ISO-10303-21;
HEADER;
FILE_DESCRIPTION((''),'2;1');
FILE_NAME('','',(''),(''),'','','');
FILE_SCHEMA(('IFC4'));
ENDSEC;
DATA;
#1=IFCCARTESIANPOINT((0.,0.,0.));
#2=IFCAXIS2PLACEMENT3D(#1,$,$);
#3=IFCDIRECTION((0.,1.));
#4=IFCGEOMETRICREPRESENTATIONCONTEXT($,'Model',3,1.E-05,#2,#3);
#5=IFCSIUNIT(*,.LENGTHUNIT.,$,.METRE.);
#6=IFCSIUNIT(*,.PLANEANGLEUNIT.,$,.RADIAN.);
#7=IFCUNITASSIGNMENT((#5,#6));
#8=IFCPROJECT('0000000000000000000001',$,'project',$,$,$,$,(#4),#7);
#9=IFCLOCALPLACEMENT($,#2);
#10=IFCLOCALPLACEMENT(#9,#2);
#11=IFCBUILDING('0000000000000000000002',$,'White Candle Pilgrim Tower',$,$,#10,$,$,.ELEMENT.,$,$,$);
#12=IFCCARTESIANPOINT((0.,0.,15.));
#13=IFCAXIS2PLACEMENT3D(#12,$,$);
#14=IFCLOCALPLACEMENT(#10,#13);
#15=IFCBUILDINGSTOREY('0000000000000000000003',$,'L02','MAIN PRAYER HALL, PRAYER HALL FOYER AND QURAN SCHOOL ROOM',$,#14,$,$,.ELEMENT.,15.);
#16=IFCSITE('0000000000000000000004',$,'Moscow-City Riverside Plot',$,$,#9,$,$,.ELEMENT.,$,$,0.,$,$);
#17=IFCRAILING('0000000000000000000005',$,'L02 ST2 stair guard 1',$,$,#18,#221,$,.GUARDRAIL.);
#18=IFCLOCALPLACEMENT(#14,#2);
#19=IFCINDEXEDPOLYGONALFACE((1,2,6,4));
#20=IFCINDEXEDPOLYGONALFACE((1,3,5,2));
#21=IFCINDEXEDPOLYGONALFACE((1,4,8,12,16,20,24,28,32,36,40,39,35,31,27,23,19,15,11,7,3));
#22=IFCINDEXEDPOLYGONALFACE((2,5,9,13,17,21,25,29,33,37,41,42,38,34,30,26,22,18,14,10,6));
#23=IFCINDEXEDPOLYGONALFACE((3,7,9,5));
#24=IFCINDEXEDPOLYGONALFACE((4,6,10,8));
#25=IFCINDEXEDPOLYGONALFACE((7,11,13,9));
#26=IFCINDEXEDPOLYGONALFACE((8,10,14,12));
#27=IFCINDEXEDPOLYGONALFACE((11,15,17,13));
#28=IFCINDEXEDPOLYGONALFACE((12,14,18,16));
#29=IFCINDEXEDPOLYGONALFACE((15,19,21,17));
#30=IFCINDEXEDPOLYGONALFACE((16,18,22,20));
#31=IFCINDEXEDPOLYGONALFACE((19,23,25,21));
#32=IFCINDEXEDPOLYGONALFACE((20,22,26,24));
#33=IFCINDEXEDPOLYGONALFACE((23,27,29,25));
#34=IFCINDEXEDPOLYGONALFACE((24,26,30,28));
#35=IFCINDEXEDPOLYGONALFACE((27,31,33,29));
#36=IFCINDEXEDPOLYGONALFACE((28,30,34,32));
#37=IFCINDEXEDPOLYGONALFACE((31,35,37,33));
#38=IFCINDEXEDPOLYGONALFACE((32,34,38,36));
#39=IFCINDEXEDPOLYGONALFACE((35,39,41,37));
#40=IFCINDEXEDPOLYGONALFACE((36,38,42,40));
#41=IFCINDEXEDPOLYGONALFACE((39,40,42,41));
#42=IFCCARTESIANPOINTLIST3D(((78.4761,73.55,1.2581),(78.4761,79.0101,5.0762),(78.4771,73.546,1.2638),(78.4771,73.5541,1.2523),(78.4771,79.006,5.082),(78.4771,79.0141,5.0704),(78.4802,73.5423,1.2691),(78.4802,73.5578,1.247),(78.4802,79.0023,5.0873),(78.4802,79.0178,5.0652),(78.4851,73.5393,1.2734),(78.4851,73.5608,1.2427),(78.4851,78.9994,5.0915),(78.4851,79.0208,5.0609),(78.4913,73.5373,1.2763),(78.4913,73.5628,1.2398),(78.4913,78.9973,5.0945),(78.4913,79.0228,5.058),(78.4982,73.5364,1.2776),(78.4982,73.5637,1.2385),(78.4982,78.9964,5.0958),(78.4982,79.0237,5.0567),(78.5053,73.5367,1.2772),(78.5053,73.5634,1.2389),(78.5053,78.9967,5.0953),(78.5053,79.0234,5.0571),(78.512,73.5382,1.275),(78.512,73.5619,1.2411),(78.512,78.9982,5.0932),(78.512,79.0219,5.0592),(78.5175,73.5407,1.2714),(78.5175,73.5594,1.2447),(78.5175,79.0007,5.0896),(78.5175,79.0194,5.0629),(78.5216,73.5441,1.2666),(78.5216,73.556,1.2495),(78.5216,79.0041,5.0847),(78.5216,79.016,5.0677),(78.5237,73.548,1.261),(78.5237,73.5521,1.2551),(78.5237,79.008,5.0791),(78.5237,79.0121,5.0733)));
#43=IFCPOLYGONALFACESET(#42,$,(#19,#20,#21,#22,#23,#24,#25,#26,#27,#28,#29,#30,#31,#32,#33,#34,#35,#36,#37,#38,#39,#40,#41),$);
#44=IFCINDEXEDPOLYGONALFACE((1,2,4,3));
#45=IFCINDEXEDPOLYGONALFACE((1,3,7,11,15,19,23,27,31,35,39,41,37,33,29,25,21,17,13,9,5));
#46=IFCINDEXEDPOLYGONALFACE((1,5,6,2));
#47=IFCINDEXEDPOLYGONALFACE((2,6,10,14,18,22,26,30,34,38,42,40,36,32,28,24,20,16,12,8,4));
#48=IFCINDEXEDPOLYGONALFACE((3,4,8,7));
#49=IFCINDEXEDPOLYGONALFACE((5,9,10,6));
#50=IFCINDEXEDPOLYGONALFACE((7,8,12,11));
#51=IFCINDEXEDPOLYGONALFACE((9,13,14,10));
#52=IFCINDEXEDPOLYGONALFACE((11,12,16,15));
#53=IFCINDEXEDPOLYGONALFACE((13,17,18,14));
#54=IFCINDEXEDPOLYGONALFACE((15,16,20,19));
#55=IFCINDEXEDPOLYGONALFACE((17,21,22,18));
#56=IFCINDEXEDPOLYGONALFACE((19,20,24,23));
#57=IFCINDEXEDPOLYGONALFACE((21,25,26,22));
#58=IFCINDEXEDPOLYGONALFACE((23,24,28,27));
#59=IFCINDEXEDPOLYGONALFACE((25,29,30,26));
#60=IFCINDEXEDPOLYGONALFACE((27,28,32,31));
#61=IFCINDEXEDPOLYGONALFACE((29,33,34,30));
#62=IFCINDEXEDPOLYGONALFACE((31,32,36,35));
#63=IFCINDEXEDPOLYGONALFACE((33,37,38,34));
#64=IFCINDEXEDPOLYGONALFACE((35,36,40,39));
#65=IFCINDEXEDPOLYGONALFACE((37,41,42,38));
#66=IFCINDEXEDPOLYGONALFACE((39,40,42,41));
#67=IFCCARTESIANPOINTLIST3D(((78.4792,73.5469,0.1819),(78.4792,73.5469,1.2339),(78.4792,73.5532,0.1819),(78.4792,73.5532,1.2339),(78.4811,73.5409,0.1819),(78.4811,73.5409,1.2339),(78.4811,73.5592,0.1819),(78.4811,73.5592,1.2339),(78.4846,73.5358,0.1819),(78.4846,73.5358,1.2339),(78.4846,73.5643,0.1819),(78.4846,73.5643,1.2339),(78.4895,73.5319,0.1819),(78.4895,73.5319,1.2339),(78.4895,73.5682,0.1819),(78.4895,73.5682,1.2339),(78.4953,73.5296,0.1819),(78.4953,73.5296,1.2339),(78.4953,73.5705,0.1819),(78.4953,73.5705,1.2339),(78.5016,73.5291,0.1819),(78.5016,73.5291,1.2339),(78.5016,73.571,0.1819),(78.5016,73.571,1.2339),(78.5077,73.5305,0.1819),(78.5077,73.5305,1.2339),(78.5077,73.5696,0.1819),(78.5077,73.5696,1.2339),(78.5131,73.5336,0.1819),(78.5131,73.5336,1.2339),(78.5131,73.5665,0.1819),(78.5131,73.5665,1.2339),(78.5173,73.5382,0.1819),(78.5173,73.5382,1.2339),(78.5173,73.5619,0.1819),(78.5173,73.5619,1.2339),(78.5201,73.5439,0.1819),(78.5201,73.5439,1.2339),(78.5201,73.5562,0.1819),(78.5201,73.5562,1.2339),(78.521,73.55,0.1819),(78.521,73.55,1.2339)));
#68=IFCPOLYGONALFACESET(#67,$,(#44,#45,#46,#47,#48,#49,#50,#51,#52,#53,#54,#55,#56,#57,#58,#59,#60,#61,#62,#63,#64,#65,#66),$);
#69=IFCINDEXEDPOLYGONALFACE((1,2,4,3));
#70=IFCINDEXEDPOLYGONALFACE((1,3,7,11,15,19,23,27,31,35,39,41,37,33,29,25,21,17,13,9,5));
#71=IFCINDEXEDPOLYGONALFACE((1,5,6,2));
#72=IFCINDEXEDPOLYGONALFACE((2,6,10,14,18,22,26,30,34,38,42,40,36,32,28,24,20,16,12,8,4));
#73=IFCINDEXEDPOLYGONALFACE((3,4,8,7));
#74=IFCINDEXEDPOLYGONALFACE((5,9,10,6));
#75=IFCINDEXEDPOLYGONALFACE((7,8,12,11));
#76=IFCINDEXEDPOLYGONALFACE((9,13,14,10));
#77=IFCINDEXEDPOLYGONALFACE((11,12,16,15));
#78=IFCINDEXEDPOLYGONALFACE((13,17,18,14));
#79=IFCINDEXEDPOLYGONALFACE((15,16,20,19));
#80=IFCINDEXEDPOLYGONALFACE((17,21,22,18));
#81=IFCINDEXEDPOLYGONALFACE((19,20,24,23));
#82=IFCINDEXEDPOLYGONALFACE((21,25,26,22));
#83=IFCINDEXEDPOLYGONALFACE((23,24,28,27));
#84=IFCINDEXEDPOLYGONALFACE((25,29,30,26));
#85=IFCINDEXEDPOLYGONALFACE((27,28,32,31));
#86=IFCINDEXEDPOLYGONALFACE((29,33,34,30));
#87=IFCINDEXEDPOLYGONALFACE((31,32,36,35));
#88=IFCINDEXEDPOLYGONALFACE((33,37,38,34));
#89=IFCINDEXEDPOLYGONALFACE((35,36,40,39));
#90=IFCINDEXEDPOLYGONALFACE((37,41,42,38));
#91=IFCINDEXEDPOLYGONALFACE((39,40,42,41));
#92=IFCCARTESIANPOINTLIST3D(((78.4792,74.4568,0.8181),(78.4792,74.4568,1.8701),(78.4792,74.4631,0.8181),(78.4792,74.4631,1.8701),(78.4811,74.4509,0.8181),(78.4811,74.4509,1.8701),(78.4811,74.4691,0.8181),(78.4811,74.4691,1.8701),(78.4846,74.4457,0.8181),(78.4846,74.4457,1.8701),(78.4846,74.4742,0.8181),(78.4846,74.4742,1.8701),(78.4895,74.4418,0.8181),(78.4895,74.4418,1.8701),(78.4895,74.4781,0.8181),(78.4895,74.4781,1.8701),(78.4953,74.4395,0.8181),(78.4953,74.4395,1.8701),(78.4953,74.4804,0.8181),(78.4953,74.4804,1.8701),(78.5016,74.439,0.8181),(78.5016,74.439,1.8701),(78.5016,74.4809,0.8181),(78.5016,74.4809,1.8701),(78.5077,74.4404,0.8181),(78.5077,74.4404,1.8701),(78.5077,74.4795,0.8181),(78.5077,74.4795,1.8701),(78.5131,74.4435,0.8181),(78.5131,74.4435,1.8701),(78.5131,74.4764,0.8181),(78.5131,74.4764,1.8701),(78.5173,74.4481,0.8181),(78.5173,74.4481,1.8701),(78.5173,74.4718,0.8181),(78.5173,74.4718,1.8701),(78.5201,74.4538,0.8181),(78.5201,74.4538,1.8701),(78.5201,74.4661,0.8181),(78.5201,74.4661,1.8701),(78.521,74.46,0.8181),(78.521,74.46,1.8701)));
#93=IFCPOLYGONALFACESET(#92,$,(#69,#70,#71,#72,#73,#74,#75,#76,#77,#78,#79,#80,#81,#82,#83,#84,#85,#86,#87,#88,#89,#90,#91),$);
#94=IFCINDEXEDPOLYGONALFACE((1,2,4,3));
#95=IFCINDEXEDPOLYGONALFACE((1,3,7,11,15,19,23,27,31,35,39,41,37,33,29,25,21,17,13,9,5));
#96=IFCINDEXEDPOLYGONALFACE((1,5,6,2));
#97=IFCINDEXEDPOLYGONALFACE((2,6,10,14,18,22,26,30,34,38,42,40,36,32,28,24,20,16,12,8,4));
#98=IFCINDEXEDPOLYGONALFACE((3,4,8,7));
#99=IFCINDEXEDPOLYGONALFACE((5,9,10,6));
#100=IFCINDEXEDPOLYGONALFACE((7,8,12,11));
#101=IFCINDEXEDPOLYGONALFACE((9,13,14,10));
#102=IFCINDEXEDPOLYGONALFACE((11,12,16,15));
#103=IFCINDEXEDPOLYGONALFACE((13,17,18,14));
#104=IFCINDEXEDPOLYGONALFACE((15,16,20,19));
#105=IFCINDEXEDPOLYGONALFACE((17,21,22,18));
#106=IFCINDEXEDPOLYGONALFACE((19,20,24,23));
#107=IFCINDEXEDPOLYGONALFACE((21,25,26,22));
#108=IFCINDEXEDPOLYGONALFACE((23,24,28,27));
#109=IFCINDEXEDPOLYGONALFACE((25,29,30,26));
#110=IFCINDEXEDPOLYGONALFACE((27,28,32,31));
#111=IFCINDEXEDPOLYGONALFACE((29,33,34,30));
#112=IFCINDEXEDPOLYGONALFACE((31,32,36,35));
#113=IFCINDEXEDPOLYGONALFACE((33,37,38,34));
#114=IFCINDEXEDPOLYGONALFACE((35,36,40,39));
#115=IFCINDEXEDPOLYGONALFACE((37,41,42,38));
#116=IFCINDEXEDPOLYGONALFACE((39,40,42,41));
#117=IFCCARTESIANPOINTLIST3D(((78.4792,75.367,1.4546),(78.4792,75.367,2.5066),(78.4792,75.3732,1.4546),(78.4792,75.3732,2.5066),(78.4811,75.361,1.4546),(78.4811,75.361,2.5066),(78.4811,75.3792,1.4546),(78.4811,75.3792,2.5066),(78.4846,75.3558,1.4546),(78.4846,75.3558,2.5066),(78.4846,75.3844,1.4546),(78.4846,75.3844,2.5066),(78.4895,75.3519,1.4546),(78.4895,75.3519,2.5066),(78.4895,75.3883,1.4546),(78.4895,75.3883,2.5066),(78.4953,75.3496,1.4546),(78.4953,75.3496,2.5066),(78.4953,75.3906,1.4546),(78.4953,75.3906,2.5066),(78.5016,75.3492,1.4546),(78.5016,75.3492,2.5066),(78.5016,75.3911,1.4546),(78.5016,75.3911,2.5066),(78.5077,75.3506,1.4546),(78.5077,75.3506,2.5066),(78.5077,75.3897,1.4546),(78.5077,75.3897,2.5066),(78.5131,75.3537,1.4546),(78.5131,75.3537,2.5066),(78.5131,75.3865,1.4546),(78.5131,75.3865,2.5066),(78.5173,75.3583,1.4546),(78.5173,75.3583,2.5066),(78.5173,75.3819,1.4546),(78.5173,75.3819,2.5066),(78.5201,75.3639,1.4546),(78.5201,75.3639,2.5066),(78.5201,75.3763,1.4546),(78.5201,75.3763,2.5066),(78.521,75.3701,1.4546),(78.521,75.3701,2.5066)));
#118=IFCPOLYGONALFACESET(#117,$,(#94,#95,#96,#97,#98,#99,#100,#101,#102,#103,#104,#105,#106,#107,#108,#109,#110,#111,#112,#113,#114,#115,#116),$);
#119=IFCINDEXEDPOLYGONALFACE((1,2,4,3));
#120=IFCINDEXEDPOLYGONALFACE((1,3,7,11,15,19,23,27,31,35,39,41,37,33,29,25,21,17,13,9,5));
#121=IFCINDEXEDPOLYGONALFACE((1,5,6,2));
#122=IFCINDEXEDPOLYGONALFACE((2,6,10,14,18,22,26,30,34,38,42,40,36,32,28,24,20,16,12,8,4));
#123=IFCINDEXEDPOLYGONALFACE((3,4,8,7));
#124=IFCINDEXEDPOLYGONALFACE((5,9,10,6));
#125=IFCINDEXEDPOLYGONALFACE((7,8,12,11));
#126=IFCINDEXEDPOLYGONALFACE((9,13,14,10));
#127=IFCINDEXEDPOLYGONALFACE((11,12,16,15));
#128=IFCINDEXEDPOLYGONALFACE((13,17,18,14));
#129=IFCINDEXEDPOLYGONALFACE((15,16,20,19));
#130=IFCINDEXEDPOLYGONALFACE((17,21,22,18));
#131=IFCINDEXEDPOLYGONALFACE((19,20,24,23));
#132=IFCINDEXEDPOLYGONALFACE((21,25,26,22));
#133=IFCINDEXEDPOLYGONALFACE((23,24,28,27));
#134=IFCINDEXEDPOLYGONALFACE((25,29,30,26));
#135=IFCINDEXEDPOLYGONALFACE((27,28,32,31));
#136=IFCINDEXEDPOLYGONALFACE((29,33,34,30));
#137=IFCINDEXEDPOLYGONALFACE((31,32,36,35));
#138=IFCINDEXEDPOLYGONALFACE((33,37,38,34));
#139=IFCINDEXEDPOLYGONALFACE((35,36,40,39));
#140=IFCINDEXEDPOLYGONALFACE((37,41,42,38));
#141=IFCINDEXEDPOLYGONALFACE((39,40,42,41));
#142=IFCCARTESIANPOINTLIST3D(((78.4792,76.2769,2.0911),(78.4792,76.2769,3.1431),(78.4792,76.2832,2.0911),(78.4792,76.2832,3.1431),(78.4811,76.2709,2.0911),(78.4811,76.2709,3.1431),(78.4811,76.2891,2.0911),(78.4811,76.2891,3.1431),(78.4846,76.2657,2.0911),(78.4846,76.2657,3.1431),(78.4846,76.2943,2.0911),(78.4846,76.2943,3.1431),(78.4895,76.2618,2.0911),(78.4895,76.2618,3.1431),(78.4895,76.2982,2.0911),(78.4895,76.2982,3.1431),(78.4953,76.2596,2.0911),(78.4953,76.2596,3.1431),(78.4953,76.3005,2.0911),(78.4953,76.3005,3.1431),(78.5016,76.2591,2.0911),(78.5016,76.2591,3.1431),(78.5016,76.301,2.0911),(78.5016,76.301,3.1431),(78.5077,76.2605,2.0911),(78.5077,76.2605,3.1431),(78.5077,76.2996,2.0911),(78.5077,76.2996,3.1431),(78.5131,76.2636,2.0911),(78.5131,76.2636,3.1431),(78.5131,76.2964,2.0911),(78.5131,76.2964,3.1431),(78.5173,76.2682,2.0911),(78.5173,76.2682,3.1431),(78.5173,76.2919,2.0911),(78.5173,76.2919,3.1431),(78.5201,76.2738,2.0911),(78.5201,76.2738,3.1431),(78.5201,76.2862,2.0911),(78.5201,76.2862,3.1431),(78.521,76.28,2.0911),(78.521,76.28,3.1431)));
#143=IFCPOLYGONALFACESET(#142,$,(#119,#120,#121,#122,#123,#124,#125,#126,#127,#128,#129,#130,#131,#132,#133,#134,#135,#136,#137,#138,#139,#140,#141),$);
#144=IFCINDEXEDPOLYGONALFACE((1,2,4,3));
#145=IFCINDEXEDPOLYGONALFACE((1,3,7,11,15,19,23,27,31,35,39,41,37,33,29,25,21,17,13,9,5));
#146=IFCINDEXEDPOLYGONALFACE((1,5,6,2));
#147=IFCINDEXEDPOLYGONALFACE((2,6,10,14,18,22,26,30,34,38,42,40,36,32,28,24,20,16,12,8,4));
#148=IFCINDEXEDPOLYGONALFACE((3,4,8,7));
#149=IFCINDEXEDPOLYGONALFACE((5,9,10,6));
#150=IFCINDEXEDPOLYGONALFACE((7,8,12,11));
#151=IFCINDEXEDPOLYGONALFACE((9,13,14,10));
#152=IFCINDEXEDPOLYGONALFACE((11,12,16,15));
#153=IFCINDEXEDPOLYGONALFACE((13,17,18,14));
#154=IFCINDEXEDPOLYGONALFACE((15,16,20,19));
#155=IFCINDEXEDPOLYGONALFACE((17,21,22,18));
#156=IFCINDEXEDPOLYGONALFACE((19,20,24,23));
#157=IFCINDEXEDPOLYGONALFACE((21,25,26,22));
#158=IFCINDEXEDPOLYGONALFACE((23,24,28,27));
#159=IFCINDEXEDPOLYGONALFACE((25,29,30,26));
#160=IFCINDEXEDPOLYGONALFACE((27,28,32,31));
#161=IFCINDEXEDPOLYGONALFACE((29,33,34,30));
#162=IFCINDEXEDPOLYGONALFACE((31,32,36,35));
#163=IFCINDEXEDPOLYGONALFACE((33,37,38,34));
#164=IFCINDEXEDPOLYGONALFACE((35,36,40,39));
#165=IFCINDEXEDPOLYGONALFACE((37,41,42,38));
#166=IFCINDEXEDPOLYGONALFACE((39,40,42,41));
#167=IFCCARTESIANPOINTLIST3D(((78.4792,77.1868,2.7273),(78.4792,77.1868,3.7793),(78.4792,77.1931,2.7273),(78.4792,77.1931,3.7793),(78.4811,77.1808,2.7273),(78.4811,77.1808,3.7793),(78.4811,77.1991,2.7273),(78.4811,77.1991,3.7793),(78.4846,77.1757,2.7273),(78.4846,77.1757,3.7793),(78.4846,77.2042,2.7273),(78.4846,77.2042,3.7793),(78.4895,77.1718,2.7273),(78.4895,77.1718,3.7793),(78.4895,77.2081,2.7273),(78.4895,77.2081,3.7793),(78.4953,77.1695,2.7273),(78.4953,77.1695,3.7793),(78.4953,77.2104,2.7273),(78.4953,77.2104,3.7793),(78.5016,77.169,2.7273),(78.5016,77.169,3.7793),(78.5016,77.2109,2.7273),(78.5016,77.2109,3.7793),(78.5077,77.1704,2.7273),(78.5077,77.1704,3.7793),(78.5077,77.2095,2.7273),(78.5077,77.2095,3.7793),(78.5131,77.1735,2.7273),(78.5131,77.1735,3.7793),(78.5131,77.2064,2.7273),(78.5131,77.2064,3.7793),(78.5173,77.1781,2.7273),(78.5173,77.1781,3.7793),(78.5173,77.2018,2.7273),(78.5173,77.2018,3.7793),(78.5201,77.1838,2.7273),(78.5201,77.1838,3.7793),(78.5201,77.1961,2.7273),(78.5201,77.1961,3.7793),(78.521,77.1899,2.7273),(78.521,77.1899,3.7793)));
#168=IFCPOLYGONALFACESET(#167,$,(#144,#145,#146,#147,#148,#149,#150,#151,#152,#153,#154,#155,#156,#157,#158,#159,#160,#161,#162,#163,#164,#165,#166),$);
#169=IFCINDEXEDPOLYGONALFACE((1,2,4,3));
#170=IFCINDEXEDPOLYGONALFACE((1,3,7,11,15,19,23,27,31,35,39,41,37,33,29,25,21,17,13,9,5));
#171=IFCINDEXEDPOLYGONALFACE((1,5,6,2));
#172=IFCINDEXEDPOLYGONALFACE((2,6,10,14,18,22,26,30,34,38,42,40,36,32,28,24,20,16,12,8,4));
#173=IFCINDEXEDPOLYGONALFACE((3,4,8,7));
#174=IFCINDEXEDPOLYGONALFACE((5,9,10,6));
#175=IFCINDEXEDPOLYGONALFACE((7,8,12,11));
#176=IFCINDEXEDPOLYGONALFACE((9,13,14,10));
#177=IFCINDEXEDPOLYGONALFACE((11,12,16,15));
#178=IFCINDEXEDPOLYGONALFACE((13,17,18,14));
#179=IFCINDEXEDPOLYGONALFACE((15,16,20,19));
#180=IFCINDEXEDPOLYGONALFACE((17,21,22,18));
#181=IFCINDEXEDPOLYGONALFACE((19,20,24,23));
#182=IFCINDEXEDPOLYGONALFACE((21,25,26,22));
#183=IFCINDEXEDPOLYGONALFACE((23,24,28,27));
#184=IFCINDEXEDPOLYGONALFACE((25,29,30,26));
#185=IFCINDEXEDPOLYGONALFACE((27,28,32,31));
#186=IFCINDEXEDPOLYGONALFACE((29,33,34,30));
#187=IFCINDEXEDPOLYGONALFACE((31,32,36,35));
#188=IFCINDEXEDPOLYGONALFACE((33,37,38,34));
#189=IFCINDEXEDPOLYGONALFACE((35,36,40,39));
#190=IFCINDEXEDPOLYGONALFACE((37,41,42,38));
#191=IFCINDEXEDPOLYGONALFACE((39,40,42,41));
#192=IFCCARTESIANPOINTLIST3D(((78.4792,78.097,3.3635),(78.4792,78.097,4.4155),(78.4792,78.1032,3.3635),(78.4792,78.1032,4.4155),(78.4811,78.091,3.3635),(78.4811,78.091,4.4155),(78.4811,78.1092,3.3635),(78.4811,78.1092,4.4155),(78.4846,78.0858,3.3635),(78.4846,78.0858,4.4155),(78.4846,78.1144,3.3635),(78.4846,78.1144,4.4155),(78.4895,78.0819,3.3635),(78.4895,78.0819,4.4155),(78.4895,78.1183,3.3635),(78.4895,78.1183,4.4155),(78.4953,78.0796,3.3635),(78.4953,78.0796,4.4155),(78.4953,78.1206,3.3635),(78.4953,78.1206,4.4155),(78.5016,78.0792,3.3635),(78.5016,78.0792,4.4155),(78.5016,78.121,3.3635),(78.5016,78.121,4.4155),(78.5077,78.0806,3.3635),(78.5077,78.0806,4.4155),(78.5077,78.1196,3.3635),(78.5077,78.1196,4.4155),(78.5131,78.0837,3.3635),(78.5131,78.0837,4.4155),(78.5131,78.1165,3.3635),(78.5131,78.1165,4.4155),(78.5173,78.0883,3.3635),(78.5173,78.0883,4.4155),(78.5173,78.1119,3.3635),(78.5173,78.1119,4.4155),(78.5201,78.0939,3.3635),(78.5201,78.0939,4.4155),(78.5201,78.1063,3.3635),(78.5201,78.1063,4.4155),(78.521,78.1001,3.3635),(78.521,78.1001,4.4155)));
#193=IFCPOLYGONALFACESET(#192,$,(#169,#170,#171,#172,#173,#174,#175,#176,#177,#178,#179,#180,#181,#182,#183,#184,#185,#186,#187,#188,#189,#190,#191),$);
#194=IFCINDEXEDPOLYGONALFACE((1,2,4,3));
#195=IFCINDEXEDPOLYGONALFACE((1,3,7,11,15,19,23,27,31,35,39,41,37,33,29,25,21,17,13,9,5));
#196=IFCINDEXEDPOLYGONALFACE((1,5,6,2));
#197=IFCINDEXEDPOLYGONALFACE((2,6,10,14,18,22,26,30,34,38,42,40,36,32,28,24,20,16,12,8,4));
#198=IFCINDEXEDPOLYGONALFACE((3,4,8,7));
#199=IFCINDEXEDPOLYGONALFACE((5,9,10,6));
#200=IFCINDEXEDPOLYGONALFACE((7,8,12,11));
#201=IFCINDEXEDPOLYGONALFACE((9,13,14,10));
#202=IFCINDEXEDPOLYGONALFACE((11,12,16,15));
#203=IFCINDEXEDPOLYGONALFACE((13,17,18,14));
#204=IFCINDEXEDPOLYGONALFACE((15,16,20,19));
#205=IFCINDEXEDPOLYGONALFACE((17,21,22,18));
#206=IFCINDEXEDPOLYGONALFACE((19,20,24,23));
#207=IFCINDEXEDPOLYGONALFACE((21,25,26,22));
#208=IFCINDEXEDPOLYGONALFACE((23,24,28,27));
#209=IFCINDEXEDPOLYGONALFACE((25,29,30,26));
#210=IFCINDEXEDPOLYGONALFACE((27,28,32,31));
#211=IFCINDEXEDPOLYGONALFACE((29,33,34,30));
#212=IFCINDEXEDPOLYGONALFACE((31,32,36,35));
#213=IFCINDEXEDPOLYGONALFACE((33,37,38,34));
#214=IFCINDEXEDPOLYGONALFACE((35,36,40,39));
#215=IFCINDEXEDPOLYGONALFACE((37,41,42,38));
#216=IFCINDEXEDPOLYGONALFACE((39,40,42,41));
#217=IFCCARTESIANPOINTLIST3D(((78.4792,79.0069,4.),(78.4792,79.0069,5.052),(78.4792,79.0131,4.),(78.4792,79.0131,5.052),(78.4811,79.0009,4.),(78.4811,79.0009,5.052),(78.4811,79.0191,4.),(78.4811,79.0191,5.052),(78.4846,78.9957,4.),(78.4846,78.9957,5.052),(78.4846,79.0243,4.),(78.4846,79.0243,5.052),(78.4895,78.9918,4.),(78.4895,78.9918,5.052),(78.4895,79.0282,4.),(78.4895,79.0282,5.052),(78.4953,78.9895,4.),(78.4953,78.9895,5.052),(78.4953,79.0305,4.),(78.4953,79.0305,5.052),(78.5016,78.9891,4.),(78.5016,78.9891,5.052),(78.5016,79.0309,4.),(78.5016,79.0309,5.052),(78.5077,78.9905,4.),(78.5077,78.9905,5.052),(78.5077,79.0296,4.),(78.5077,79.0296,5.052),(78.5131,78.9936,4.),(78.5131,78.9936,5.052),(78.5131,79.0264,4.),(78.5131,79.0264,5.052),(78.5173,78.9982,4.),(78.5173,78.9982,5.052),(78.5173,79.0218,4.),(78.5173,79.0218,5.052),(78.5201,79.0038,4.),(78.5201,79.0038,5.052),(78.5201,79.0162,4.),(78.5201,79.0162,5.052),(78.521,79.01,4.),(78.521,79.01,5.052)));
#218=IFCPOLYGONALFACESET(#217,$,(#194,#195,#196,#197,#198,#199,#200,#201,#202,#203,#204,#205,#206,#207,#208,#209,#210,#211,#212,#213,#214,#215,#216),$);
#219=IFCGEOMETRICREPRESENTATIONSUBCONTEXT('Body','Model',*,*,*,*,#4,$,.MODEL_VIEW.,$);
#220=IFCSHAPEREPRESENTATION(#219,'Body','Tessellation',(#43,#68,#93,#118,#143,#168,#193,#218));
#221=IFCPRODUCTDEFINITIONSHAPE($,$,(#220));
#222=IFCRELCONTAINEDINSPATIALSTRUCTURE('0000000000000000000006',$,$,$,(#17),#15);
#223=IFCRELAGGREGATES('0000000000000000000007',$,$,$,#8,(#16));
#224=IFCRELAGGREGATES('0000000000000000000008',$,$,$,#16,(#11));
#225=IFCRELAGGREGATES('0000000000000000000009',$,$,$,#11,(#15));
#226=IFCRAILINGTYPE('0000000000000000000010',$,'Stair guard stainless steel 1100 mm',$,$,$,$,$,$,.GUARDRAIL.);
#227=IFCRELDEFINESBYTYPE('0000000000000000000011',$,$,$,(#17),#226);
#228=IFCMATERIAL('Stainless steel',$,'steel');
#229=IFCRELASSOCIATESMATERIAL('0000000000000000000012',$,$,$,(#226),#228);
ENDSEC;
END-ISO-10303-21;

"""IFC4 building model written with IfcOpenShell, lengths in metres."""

from ifc_helpers import new_model, si_unit, direction, frame, origin, origin_2d, place, context, subcontext, project, spatial, circle, extrude, material, type_object, element, save


model = new_model("IFC4")

# Units and contexts
model_context = context("Model", 3, precision=1e-05, world=origin(), true_north=direction((0.0, 1.0)))
body_context = subcontext(model_context, "Body", "Model", "MODEL_VIEW")
ifc_project = project(units=[si_unit("LENGTHUNIT", "METRE"), si_unit("PLANEANGLEUNIT", "RADIAN")], contexts=[model_context])

# Site, building, storey
site_placement = place(None, origin())
site = spatial("IfcSite", under=ifc_project, at=site_placement, Name="Moscow-City Riverside Plot", CompositionType="ELEMENT", RefElevation=0.0)
building_placement = place(site_placement, origin())
building = spatial("IfcBuilding", under=site, at=building_placement, Name="White Candle Pilgrim Tower", CompositionType="ELEMENT")
storey_placement = place(building_placement, frame((0.0, 0.0, 15.0)))
storey = spatial("IfcBuildingStorey", under=building, at=storey_placement, Name="L02", Description="MAIN PRAYER HALL, PRAYER HALL FOYER AND QURAN SCHOOL ROOM", CompositionType="ELEMENT", Elevation=15.0)

# Railing
ifc_material_1 = material(Name="Stainless steel", Category="steel")
railing_type_1 = type_object("IfcRailingType", Name="Stair guard stainless steel 1100 mm", PredefinedType="GUARDRAIL", material=ifc_material_1)
railing_1_placement = place(storey_placement, frame((78.5, 73.55, 0.1819)))
element("IfcRailing", 1, at=railing_1_placement, inside=storey, type_object=railing_type_1, Name="L02 ST2 stair guard 1", PredefinedType="GUARDRAIL", context=body_context, shape_type="SweptSolid", body=[
    extrude(circle(Radius=0.0239, at=origin_2d()), frame((0.0, 0.0, 1.0762), z_axis=(0.0, 0.819504, 0.573074), x_axis=(-1.0, 0.0, 0.0)), (0.0, 0.0, 1.0), 6.6626),
    extrude(circle(Radius=0.021, at=origin_2d()), origin(), (0.0, 0.0, 1.0), 1.052),
    extrude(circle(Radius=0.021, at=origin_2d()), frame((0.0, 0.9099, 0.6362)), (0.0, 0.0, 1.0), 1.052),
    extrude(circle(Radius=0.021, at=origin_2d()), frame((0.0, 1.8201, 1.2727)), (0.0, 0.0, 1.0), 1.052),
    extrude(circle(Radius=0.021, at=origin_2d()), frame((0.0, 2.73, 1.9092)), (0.0, 0.0, 1.0), 1.052),
    extrude(circle(Radius=0.021, at=origin_2d()), frame((0.0, 3.6399, 2.5454)), (0.0, 0.0, 1.0), 1.052),
    extrude(circle(Radius=0.021, at=origin_2d()), frame((0.0, 4.55, 3.1816)), (0.0, 0.0, 1.0), 1.052),
    extrude(circle(Radius=0.021, at=origin_2d()), frame((0.0, 5.46, 3.8181)), (0.0, 0.0, 1.0), 1.052),
])

save(model, "model.ifc")
